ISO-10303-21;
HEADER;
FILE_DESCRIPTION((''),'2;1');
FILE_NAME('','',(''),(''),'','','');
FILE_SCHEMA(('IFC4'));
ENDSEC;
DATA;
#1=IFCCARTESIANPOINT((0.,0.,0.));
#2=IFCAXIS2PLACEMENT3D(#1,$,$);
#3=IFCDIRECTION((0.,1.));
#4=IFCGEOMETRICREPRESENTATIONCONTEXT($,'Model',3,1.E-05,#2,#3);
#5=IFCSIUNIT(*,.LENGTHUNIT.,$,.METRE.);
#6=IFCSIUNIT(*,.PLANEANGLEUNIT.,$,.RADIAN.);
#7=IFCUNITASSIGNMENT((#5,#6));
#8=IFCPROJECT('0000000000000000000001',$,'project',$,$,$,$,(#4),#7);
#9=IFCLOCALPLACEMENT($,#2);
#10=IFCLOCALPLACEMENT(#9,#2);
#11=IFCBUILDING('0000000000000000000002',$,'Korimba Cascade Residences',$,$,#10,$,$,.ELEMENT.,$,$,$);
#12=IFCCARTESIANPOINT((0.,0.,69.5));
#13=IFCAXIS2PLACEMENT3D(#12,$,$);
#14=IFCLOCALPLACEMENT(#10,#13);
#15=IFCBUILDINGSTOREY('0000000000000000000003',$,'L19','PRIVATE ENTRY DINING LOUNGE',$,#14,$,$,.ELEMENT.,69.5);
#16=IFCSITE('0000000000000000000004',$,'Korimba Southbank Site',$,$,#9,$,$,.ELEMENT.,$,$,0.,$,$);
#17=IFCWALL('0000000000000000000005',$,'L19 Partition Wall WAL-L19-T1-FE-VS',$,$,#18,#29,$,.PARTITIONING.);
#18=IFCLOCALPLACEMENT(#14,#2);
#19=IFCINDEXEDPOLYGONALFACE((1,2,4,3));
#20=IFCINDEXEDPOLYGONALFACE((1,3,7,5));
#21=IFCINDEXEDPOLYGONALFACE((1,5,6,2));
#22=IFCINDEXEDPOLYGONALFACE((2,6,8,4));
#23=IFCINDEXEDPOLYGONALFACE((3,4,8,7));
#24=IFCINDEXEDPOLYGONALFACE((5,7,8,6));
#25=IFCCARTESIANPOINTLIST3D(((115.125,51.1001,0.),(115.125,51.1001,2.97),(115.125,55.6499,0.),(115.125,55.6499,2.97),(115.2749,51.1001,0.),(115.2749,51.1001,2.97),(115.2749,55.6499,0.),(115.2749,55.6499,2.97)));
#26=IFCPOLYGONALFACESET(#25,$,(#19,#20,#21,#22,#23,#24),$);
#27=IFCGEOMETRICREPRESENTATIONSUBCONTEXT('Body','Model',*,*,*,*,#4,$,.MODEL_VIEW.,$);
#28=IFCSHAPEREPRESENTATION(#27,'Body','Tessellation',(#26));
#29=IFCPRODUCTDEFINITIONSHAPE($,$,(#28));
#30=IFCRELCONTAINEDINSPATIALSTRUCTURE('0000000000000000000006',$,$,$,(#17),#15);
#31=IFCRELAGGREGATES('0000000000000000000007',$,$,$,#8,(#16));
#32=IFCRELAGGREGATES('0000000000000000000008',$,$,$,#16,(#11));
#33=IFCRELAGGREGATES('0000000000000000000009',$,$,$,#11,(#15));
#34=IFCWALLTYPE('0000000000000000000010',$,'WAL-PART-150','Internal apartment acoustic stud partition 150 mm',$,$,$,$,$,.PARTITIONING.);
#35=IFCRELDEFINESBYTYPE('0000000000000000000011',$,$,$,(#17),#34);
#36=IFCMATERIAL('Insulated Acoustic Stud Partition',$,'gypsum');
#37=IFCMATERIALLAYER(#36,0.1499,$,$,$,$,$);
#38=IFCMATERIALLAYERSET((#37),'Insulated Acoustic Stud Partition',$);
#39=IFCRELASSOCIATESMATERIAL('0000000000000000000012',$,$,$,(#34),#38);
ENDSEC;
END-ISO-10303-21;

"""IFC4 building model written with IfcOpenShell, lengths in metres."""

from ifc_helpers import new_model, si_unit, direction, frame, frame_2d, origin, place, context, subcontext, project, spatial, rectangle, extrude, material, layer, layer_set, type_object, element, save


model = new_model("IFC4")

# Units and contexts
model_context = context("Model", 3, precision=1e-05, world=origin(), true_north=direction((0.0, 1.0)))
body_context = subcontext(model_context, "Body", "Model", "MODEL_VIEW")
ifc_project = project(units=[si_unit("LENGTHUNIT", "METRE"), si_unit("PLANEANGLEUNIT", "RADIAN")], contexts=[model_context])

# Site, building, storey
site_placement = place(None, origin())
site = spatial("IfcSite", under=ifc_project, at=site_placement, Name="Korimba Southbank Site", CompositionType="ELEMENT", RefElevation=0.0)
building_placement = place(site_placement, origin())
building = spatial("IfcBuilding", under=site, at=building_placement, Name="Korimba Cascade Residences", CompositionType="ELEMENT")
storey_placement = place(building_placement, frame((0.0, 0.0, 69.5)))
storey = spatial("IfcBuildingStorey", under=building, at=storey_placement, Name="L19", Description="PRIVATE ENTRY DINING LOUNGE", CompositionType="ELEMENT", Elevation=69.5)

# Shared definitions
ifc_material_1 = material(Name="Insulated Acoustic Stud Partition", Category="gypsum")
ifc_layer_1 = layer(ifc_material_1, 0.1499)
ifc_layer_set_1 = layer_set([ifc_layer_1], Name="Insulated Acoustic Stud Partition")
wall_type_1 = type_object("IfcWallType", Name="WAL-PART-150", Description="Internal apartment acoustic stud partition 150 mm", PredefinedType="PARTITIONING", material=ifc_layer_set_1)

# Wall
wall_1_placement = place(storey_placement, frame((115.2, 51.1001, 0.0), z_axis=(0.0, 0.0, 1.0), x_axis=(0.0, 1.0, 0.0)))
element("IfcWall", 1, at=wall_1_placement, inside=storey, type_object=wall_type_1, Name="L19 Partition Wall WAL-L19-T1-FE-VS", PredefinedType="PARTITIONING", context=body_context, shape_type="SweptSolid", body=[
    extrude(rectangle(XDim=4.5498, YDim=0.1499, at=frame_2d((2.2749, 0.0))), origin(), (0.0, 0.0, 1.0), 2.97),
])

save(model, "model.ifc")
